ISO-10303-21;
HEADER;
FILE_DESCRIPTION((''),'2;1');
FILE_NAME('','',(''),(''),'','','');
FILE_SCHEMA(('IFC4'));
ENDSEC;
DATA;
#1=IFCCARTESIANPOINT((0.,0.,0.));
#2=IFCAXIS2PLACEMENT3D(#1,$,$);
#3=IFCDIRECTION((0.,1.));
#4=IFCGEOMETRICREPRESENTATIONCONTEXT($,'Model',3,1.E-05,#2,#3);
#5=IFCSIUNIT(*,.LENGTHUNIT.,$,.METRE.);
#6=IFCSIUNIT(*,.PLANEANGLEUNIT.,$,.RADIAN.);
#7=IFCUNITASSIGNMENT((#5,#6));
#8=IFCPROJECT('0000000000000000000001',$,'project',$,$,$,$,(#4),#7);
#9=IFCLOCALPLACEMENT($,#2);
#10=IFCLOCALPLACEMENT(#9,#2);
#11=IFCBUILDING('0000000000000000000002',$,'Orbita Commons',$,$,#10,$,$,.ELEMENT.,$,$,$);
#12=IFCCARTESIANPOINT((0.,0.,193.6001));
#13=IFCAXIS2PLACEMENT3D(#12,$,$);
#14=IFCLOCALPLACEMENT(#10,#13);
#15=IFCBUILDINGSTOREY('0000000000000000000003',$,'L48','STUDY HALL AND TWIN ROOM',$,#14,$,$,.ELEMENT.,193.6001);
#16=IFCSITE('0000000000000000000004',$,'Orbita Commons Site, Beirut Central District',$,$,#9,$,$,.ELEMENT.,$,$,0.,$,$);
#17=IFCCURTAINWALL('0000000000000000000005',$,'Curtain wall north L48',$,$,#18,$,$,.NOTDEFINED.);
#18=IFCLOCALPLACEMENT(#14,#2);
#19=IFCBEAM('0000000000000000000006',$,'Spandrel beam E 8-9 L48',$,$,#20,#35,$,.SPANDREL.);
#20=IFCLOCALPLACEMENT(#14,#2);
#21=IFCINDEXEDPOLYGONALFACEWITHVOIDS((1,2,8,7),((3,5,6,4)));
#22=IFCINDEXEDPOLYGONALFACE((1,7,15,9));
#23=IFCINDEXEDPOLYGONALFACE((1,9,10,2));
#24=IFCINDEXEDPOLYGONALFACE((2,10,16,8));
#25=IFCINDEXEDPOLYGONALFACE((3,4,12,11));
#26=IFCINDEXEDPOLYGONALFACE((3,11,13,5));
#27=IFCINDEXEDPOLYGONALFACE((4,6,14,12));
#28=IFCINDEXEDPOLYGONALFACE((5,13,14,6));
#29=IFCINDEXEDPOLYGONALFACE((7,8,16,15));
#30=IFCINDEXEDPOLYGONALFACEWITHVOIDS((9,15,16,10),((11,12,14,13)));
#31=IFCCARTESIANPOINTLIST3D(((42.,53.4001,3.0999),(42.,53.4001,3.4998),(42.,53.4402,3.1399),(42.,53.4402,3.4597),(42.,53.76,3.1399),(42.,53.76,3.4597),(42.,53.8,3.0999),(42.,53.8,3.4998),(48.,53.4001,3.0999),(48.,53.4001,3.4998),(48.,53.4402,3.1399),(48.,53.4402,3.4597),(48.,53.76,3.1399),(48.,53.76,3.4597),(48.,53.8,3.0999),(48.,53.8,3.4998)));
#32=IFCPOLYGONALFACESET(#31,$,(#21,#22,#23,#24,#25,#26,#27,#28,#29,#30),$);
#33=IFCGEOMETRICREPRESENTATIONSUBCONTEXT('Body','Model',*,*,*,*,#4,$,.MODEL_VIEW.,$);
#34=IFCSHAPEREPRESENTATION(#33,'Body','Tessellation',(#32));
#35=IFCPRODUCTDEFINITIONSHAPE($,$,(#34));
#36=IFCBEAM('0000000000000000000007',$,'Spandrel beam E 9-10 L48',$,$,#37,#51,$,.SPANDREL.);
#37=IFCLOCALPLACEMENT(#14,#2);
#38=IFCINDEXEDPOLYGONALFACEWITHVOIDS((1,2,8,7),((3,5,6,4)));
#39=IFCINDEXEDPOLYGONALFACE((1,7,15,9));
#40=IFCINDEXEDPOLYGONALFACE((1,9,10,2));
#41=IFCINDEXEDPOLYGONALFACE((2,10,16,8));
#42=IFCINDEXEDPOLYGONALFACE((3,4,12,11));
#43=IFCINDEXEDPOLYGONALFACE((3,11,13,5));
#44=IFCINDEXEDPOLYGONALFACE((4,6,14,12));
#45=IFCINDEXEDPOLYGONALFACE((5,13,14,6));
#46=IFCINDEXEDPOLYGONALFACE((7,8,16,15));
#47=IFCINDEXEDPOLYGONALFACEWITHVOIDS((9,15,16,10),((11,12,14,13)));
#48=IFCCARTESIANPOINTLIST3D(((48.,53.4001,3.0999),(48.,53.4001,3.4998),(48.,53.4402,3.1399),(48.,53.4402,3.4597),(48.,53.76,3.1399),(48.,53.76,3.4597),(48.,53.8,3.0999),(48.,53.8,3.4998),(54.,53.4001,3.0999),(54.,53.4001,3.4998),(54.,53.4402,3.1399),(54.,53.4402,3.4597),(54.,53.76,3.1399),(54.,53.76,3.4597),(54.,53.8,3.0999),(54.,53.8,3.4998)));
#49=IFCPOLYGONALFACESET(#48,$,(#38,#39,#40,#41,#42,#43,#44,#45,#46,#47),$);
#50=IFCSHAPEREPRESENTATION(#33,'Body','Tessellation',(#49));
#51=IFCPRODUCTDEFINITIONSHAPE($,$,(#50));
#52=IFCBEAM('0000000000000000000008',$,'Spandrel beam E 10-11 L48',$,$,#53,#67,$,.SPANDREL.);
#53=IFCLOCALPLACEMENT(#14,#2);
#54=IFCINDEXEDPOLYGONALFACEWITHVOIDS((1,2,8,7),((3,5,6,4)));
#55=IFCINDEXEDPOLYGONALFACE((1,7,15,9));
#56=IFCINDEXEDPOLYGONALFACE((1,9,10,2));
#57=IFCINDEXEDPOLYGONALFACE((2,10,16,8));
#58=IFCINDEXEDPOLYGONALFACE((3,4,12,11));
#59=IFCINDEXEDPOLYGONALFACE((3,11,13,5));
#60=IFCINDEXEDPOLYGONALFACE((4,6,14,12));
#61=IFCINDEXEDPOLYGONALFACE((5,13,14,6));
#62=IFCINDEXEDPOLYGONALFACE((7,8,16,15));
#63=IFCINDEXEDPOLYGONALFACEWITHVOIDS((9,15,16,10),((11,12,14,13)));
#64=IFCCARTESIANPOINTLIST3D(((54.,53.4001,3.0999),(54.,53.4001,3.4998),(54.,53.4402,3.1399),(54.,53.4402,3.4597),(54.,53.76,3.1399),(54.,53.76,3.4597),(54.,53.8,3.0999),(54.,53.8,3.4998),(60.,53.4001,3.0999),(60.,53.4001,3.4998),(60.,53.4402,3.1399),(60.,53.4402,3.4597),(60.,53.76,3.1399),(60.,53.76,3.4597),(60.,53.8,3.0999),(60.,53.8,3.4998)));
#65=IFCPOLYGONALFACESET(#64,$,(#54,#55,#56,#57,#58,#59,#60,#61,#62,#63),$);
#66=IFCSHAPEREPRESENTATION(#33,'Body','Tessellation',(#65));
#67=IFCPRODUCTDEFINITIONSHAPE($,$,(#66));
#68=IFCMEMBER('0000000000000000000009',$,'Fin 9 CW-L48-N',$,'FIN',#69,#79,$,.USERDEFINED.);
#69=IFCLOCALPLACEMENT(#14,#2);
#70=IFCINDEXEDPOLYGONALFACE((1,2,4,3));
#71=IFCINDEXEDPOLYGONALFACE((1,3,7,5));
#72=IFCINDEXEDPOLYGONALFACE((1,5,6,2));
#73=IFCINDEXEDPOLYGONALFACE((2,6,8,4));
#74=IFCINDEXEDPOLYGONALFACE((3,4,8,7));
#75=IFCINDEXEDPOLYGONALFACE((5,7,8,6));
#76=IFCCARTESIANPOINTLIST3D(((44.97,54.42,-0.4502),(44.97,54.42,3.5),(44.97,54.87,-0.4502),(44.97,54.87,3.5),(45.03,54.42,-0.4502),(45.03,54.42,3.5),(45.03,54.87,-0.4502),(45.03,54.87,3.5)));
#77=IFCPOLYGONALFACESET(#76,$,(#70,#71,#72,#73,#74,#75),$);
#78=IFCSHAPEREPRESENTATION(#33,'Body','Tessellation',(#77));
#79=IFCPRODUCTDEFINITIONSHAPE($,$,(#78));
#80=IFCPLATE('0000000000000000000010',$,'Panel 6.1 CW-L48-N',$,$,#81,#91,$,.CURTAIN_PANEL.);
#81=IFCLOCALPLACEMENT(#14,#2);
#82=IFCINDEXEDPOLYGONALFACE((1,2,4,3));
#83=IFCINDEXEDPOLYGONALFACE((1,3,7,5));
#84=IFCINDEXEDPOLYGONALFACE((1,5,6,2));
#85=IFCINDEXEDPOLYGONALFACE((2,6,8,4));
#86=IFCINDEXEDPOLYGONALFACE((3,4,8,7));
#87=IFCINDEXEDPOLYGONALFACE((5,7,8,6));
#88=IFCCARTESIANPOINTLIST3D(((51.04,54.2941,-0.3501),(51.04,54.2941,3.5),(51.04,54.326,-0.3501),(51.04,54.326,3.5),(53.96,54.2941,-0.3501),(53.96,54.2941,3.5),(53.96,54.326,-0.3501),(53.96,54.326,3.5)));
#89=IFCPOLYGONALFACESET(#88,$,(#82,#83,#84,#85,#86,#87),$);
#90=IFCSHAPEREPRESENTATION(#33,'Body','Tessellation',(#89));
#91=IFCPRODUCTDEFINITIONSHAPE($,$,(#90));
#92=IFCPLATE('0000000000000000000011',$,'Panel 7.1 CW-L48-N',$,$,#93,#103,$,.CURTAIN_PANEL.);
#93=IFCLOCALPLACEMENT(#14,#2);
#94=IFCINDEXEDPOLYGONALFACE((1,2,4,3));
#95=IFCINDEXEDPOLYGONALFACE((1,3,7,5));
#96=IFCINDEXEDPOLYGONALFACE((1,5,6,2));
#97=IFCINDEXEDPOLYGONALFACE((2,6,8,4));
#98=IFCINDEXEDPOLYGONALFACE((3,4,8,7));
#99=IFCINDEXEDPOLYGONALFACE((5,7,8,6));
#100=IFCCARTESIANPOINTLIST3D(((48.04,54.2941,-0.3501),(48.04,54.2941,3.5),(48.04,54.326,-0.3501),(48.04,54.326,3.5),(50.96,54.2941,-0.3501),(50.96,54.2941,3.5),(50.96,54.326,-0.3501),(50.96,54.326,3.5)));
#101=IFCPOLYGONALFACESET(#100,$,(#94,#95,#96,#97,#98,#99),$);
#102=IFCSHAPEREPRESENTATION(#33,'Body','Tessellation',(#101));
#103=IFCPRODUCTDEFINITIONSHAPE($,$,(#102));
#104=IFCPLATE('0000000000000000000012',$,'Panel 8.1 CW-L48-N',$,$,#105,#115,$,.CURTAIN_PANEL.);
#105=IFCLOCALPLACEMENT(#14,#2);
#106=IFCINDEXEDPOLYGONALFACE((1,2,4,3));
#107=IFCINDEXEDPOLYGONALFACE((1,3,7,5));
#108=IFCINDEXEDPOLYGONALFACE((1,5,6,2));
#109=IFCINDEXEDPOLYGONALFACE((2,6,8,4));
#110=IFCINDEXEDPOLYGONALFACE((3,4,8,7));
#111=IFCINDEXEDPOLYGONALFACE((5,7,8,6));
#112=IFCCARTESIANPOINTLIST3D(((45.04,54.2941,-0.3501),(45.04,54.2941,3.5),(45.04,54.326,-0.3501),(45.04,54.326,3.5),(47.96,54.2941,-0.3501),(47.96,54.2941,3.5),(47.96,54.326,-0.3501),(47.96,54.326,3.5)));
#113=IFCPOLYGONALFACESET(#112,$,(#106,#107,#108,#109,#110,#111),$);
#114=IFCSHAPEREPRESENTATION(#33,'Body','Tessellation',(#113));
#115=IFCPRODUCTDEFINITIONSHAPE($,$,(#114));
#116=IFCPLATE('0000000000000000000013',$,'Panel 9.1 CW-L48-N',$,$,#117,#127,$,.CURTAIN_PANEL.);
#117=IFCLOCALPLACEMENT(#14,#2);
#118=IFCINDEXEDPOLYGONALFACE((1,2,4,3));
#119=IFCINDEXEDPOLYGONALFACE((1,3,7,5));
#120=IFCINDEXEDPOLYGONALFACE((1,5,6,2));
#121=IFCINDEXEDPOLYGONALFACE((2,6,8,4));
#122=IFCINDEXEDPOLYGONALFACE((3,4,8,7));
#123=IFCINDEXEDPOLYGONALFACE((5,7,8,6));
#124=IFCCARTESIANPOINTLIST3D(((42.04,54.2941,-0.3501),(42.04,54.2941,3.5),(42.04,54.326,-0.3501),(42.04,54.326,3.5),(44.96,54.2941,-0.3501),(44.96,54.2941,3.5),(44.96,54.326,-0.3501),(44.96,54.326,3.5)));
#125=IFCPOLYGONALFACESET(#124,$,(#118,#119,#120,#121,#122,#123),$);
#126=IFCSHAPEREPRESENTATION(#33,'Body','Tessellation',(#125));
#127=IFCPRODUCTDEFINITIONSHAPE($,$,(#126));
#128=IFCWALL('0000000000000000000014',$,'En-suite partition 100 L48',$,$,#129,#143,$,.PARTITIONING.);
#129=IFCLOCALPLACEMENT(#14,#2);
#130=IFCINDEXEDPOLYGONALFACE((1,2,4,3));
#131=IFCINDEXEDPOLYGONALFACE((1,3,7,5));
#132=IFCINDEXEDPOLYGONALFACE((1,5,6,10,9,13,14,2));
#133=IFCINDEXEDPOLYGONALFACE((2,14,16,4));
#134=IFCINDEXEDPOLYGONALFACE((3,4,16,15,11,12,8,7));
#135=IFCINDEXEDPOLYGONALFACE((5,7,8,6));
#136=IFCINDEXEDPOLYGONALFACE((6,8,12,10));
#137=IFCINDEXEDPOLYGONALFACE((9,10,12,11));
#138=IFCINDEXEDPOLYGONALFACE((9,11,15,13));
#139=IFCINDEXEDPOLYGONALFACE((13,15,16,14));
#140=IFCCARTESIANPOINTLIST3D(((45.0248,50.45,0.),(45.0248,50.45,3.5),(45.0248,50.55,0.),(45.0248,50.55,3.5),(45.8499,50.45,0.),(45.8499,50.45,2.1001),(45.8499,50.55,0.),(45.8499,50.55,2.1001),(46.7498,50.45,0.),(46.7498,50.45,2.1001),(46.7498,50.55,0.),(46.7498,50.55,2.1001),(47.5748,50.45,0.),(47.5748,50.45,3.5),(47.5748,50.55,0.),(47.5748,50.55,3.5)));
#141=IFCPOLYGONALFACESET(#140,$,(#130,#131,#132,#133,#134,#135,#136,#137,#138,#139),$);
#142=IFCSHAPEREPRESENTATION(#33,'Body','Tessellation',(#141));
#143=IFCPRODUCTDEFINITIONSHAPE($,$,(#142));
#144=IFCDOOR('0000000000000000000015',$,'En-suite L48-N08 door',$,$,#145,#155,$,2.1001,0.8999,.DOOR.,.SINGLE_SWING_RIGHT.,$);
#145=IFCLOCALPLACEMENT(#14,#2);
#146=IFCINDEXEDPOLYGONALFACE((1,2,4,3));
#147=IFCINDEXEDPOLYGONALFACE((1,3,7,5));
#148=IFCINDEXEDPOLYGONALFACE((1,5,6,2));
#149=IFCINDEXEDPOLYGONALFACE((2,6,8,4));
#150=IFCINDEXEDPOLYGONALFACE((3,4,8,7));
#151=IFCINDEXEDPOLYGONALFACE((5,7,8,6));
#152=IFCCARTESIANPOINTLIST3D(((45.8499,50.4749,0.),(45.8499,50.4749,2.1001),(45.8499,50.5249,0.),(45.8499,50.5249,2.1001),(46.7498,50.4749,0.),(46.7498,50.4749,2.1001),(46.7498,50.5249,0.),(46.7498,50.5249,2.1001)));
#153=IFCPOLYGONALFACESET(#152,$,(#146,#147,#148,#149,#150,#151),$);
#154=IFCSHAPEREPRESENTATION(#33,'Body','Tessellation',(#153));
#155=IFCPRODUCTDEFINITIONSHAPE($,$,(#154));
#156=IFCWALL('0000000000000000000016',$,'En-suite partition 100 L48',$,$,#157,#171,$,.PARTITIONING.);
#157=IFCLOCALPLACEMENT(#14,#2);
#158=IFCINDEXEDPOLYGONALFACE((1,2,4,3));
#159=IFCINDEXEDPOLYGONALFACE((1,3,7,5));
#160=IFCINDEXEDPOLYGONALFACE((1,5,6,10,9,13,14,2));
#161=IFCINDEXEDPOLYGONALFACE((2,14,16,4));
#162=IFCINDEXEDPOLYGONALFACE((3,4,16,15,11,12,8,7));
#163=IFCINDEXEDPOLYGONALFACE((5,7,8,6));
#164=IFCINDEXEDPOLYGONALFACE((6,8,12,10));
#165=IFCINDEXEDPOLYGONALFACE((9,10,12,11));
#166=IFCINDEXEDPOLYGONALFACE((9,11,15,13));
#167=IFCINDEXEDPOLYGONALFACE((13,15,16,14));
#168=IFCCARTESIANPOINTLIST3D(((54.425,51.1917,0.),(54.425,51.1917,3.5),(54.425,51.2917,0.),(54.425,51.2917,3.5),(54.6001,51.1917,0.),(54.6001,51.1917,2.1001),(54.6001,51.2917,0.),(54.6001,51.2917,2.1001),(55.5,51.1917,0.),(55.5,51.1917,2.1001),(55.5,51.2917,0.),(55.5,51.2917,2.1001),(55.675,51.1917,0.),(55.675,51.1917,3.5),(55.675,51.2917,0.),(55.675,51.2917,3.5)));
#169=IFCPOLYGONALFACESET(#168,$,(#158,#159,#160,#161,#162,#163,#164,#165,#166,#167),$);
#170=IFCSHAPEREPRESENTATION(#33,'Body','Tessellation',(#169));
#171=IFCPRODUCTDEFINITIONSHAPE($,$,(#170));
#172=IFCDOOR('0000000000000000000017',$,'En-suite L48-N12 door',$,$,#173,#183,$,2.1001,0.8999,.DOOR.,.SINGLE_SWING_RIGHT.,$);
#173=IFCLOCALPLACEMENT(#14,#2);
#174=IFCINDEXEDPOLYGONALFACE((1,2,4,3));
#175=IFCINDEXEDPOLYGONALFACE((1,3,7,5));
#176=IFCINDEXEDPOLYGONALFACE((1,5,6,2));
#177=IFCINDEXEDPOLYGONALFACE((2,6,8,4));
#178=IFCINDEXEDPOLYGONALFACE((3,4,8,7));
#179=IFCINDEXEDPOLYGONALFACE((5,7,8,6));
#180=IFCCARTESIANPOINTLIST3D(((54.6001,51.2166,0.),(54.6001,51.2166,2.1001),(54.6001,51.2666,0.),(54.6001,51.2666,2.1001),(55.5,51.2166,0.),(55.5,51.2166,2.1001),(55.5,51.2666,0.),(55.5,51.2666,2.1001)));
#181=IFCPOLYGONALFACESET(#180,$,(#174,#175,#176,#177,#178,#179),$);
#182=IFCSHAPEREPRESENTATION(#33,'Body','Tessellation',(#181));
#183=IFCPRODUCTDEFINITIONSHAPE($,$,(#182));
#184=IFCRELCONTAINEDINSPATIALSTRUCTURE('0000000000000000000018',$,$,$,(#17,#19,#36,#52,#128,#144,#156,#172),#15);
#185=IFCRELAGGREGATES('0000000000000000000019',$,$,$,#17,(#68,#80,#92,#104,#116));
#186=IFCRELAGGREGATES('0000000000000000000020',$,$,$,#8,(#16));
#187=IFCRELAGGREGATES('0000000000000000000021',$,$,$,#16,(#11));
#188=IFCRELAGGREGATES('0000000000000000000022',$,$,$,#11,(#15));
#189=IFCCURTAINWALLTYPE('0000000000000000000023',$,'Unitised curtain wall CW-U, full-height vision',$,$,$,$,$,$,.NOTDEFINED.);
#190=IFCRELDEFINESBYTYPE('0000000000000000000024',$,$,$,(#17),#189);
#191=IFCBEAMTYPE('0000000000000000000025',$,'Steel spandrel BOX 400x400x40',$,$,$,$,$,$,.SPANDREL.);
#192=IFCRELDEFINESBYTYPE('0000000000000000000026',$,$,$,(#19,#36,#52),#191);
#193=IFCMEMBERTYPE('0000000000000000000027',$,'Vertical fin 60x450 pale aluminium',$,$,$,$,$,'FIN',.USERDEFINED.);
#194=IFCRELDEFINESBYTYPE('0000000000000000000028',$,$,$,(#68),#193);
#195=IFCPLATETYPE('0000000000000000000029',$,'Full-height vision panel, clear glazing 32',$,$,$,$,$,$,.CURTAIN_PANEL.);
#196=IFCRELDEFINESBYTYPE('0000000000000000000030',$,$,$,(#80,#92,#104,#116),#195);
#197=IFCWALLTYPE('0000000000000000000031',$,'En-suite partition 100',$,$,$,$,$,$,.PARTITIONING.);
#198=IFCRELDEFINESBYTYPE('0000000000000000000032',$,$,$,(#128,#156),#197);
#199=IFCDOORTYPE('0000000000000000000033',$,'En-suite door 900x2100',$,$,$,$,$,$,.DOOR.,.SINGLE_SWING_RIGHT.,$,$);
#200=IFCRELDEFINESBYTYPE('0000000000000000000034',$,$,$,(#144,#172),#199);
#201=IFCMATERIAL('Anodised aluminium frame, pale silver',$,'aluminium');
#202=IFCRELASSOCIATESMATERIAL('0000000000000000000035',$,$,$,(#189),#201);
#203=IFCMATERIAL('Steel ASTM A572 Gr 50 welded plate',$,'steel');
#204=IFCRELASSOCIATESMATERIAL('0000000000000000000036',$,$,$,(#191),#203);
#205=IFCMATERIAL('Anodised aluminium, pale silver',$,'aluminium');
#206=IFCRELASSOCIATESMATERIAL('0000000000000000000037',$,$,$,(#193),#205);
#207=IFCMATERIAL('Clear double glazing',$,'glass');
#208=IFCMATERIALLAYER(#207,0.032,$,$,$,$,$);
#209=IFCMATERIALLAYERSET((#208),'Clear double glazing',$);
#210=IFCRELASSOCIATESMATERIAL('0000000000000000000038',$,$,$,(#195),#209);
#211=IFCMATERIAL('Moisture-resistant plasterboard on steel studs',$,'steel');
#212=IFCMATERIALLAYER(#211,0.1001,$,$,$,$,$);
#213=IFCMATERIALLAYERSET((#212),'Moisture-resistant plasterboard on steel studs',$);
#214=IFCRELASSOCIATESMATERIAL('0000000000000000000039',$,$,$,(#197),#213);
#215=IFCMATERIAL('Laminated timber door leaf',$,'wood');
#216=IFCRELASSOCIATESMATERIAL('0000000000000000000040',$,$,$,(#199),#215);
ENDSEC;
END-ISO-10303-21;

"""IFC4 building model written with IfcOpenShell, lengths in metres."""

from ifc_helpers import new_model, si_unit, direction, frame, frame_2d, origin, origin_2d, place, context, subcontext, project, spatial, rectangle, hollow_rectangle, extrude, material, layer, layer_set, material_profile, profile_set, type_object, element, fill, aggregate, save


model = new_model("IFC4")

# Units and contexts
model_context = context("Model", 3, precision=1e-05, world=origin(), true_north=direction((0.0, 1.0)))
body_context = subcontext(model_context, "Body", "Model", "MODEL_VIEW")
ifc_project = project(units=[si_unit("LENGTHUNIT", "METRE"), si_unit("PLANEANGLEUNIT", "RADIAN")], contexts=[model_context])

# Site, building, storey
site_placement = place(None, origin())
site = spatial("IfcSite", under=ifc_project, at=site_placement, Name="Orbita Commons Site, Beirut Central District", CompositionType="ELEMENT", RefElevation=0.0)
building_placement = place(site_placement, origin())
building = spatial("IfcBuilding", under=site, at=building_placement, Name="Orbita Commons", CompositionType="ELEMENT")
storey_placement = place(building_placement, frame((0.0, 0.0, 193.6001)))
storey = spatial("IfcBuildingStorey", under=building, at=storey_placement, Name="L48", Description="STUDY HALL AND TWIN ROOM", CompositionType="ELEMENT", Elevation=193.6001)

# Curtain wall
ifc_material_1 = material(Name="Anodised aluminium frame, pale silver", Category="aluminium")
curtain_wall_type = type_object("IfcCurtainWallType", Name="Unitised curtain wall CW-U, full-height vision", PredefinedType="NOTDEFINED", material=ifc_material_1)
curtain_wall_placement = place(storey_placement, origin())
curtain_wall = element("IfcCurtainWall", 1, at=curtain_wall_placement, inside=storey, type_object=curtain_wall_type, Name="Curtain wall north L48", PredefinedType="NOTDEFINED")

# Beams
ifc_material_2 = material(Name="Steel ASTM A572 Gr 50 welded plate", Category="steel")
ifc_material_profile_1 = material_profile(ifc_material_2, hollow_rectangle(XDim=0.3999, YDim=0.3999, WallThickness=0.04, at=origin_2d()), Name="BOX 400x400x40")
ifc_profile_set_1 = profile_set([ifc_material_profile_1], Name="Steel ASTM A572 Gr 50 welded plate")
beam_type = type_object("IfcBeamType", Name="Steel spandrel BOX 400x400x40", PredefinedType="SPANDREL", material=ifc_profile_set_1)
for number, where, z_axis, x_axis, name in (
    (2, (42.0, 53.6001, 3.2998), (1.0, 0.0, 0.0), (0.0, 1.0, 0.0), "Spandrel beam E 8-9 L48"),
    (3, (48.0, 53.6001, 3.2998), (1.0, 0.0, 0.0), (0.0, 1.0, 0.0), "Spandrel beam E 9-10 L48"),
    (4, (54.0, 53.6001, 3.2998), (1.0, 0.0, 0.0), (0.0, 1.0, 0.0), "Spandrel beam E 10-11 L48"),
):
    element("IfcBeam", number, at=place(storey_placement, frame(where, z_axis=z_axis, x_axis=x_axis)), inside=storey, type_object=beam_type, Name=name, PredefinedType="SPANDREL", context=body_context, shape_type="SweptSolid", body=[
        extrude(hollow_rectangle(XDim=0.3999, YDim=0.3999, WallThickness=0.04, at=origin_2d()), origin(), (0.0, 0.0, 1.0), 6.0),
    ])

# Member
ifc_material_3 = material(Name="Anodised aluminium, pale silver", Category="aluminium")
ifc_material_profile_2 = material_profile(ifc_material_3, rectangle(XDim=0.0601, YDim=0.45, at=origin_2d()), Name="FIN 60x450")
ifc_profile_set_2 = profile_set([ifc_material_profile_2], Name="Anodised aluminium, pale silver")
member_type_1 = type_object("IfcMemberType", Name="Vertical fin 60x450 pale aluminium", ElementType="FIN", PredefinedType="USERDEFINED", material=ifc_profile_set_2)
member_1_placement = place(storey_placement, frame((45.0, 54.645, -0.4502), z_axis=(0.0, 0.0, 1.0), x_axis=(-1.0, 0.0, 0.0)))
member_1 = element("IfcMember", 5, at=member_1_placement, type_object=member_type_1, Name="Fin 9 CW-L48-N", ObjectType="FIN", PredefinedType="USERDEFINED", context=body_context, shape_type="SweptSolid", body=[
    extrude(rectangle(XDim=0.0601, YDim=0.45, at=origin_2d()), origin(), (0.0, 0.0, 1.0), 3.9502),
])

# Plates
ifc_material_4 = material(Name="Clear double glazing", Category="glass")
ifc_layer_1 = layer(ifc_material_4, 0.032)
ifc_layer_set_1 = layer_set([ifc_layer_1], Name="Clear double glazing")
plate_type = type_object("IfcPlateType", Name="Full-height vision panel, clear glazing 32", PredefinedType="CURTAIN_PANEL", material=ifc_layer_set_1)
plate_1_placement = place(storey_placement, frame((52.5, 54.3101, -0.3501), z_axis=(0.0, 0.0, 1.0), x_axis=(-1.0, 0.0, 0.0)))
plate_1 = element("IfcPlate", 6, at=plate_1_placement, type_object=plate_type, Name="Panel 6.1 CW-L48-N", PredefinedType="CURTAIN_PANEL", context=body_context, shape_type="SweptSolid", body=[
    extrude(rectangle(XDim=2.9199, YDim=0.032, at=origin_2d()), origin(), (0.0, 0.0, 1.0), 3.8501),
])
plate_2_placement = place(storey_placement, frame((49.5, 54.3101, -0.3501), z_axis=(0.0, 0.0, 1.0), x_axis=(-1.0, 0.0, 0.0)))
plate_2 = element("IfcPlate", 7, at=plate_2_placement, type_object=plate_type, Name="Panel 7.1 CW-L48-N", PredefinedType="CURTAIN_PANEL", context=body_context, shape_type="SweptSolid", body=[
    extrude(rectangle(XDim=2.9199, YDim=0.032, at=origin_2d()), origin(), (0.0, 0.0, 1.0), 3.8501),
])
plate_3_placement = place(storey_placement, frame((46.5, 54.3101, -0.3501), z_axis=(0.0, 0.0, 1.0), x_axis=(-1.0, 0.0, 0.0)))
plate_3 = element("IfcPlate", 8, at=plate_3_placement, type_object=plate_type, Name="Panel 8.1 CW-L48-N", PredefinedType="CURTAIN_PANEL", context=body_context, shape_type="SweptSolid", body=[
    extrude(rectangle(XDim=2.9199, YDim=0.032, at=origin_2d()), origin(), (0.0, 0.0, 1.0), 3.8501),
])
plate_4_placement = place(storey_placement, frame((43.5, 54.3101, -0.3501), z_axis=(0.0, 0.0, 1.0), x_axis=(-1.0, 0.0, 0.0)))
plate_4 = element("IfcPlate", 9, at=plate_4_placement, type_object=plate_type, Name="Panel 9.1 CW-L48-N", PredefinedType="CURTAIN_PANEL", context=body_context, shape_type="SweptSolid", body=[
    extrude(rectangle(XDim=2.9199, YDim=0.032, at=origin_2d()), origin(), (0.0, 0.0, 1.0), 3.8501),
])
aggregate(curtain_wall, [member_1, plate_1, plate_2, plate_3, plate_4])

# Walls, openings, doors
ifc_material_5 = material(Name="Moisture-resistant plasterboard on steel studs", Category="steel")
ifc_layer_2 = layer(ifc_material_5, 0.1001)
ifc_layer_set_2 = layer_set([ifc_layer_2], Name="Moisture-resistant plasterboard on steel studs")
wall_type_1 = type_object("IfcWallType", Name="En-suite partition 100", PredefinedType="PARTITIONING", material=ifc_layer_set_2)
wall_1_placement = place(storey_placement, frame((45.0249, 50.5, 0.0), z_axis=(0.0, 0.0, 1.0), x_axis=(1.0, 0.0, 0.0)))
wall_1 = element("IfcWall", 10, at=wall_1_placement, inside=storey, type_object=wall_type_1, Name="En-suite partition 100 L48", PredefinedType="PARTITIONING", context=body_context, shape_type="SweptSolid", body=[
    extrude(rectangle(XDim=2.55, YDim=0.1001, at=frame_2d((1.2749, 0.0))), origin(), (0.0, 0.0, 1.0), 3.5),
])
opening_1_placement = place(wall_1_placement, frame((0.825, 0.0, 0.0)))
opening_1 = element("IfcOpeningElement", 11, at=opening_1_placement, cuts=wall_1, PredefinedType="OPENING", context=body_context, shape_type="SweptSolid", body=[
    extrude(rectangle(XDim=0.8999, YDim=2.1001, at=frame_2d((0.45, 1.05))), frame((0.0, 0.0601, 0.0), z_axis=(0.0, -1.0, 0.0), x_axis=(1.0, 0.0, 0.0)), (0.0, 0.0, 1.0), 0.1201),
])
ifc_material_6 = material(Name="Laminated timber door leaf", Category="wood")
door_type = type_object("IfcDoorType", Name="En-suite door 900x2100", OperationType="SINGLE_SWING_RIGHT", PredefinedType="DOOR", material=ifc_material_6)
door_1_placement = place(opening_1_placement, origin())
door_1 = element("IfcDoor", 12, at=door_1_placement, inside=storey, type_object=door_type, Name="En-suite L48-N08 door", OperationType="SINGLE_SWING_RIGHT", OverallHeight=2.1001, OverallWidth=0.8999, PredefinedType="DOOR", context=body_context, shape_type="SweptSolid", body=[
    extrude(rectangle(XDim=0.8999, YDim=2.1001, at=frame_2d((0.45, 1.05))), frame((0.0, 0.0249, 0.0), z_axis=(0.0, -1.0, 0.0), x_axis=(1.0, 0.0, 0.0)), (0.0, 0.0, 1.0), 0.05),
])
fill(opening_1, door_1)
wall_2_placement = place(storey_placement, frame((54.425, 51.2417, 0.0), z_axis=(0.0, 0.0, 1.0), x_axis=(1.0, 0.0, 0.0)))
wall_2 = element("IfcWall", 13, at=wall_2_placement, inside=storey, type_object=wall_type_1, Name="En-suite partition 100 L48", PredefinedType="PARTITIONING", context=body_context, shape_type="SweptSolid", body=[
    extrude(rectangle(XDim=1.25, YDim=0.1001, at=frame_2d((0.625, 0.0))), origin(), (0.0, 0.0, 1.0), 3.5),
])
opening_2_placement = place(wall_2_placement, frame((0.175, 0.0, 0.0)))
opening_2 = element("IfcOpeningElement", 14, at=opening_2_placement, cuts=wall_2, PredefinedType="OPENING", context=body_context, shape_type="SweptSolid", body=[
    extrude(rectangle(XDim=0.8999, YDim=2.1001, at=frame_2d((0.45, 1.05))), frame((0.0, 0.0601, 0.0), z_axis=(0.0, -1.0, 0.0), x_axis=(1.0, 0.0, 0.0)), (0.0, 0.0, 1.0), 0.1201),
])
door_2_placement = place(opening_2_placement, origin())
door_2 = element("IfcDoor", 15, at=door_2_placement, inside=storey, type_object=door_type, Name="En-suite L48-N12 door", OperationType="SINGLE_SWING_RIGHT", OverallHeight=2.1001, OverallWidth=0.8999, PredefinedType="DOOR", context=body_context, shape_type="SweptSolid", body=[
    extrude(rectangle(XDim=0.8999, YDim=2.1001, at=frame_2d((0.45, 1.05))), frame((0.0, 0.0249, 0.0), z_axis=(0.0, -1.0, 0.0), x_axis=(1.0, 0.0, 0.0)), (0.0, 0.0, 1.0), 0.05),
])
fill(opening_2, door_2)

save(model, "model.ifc")
